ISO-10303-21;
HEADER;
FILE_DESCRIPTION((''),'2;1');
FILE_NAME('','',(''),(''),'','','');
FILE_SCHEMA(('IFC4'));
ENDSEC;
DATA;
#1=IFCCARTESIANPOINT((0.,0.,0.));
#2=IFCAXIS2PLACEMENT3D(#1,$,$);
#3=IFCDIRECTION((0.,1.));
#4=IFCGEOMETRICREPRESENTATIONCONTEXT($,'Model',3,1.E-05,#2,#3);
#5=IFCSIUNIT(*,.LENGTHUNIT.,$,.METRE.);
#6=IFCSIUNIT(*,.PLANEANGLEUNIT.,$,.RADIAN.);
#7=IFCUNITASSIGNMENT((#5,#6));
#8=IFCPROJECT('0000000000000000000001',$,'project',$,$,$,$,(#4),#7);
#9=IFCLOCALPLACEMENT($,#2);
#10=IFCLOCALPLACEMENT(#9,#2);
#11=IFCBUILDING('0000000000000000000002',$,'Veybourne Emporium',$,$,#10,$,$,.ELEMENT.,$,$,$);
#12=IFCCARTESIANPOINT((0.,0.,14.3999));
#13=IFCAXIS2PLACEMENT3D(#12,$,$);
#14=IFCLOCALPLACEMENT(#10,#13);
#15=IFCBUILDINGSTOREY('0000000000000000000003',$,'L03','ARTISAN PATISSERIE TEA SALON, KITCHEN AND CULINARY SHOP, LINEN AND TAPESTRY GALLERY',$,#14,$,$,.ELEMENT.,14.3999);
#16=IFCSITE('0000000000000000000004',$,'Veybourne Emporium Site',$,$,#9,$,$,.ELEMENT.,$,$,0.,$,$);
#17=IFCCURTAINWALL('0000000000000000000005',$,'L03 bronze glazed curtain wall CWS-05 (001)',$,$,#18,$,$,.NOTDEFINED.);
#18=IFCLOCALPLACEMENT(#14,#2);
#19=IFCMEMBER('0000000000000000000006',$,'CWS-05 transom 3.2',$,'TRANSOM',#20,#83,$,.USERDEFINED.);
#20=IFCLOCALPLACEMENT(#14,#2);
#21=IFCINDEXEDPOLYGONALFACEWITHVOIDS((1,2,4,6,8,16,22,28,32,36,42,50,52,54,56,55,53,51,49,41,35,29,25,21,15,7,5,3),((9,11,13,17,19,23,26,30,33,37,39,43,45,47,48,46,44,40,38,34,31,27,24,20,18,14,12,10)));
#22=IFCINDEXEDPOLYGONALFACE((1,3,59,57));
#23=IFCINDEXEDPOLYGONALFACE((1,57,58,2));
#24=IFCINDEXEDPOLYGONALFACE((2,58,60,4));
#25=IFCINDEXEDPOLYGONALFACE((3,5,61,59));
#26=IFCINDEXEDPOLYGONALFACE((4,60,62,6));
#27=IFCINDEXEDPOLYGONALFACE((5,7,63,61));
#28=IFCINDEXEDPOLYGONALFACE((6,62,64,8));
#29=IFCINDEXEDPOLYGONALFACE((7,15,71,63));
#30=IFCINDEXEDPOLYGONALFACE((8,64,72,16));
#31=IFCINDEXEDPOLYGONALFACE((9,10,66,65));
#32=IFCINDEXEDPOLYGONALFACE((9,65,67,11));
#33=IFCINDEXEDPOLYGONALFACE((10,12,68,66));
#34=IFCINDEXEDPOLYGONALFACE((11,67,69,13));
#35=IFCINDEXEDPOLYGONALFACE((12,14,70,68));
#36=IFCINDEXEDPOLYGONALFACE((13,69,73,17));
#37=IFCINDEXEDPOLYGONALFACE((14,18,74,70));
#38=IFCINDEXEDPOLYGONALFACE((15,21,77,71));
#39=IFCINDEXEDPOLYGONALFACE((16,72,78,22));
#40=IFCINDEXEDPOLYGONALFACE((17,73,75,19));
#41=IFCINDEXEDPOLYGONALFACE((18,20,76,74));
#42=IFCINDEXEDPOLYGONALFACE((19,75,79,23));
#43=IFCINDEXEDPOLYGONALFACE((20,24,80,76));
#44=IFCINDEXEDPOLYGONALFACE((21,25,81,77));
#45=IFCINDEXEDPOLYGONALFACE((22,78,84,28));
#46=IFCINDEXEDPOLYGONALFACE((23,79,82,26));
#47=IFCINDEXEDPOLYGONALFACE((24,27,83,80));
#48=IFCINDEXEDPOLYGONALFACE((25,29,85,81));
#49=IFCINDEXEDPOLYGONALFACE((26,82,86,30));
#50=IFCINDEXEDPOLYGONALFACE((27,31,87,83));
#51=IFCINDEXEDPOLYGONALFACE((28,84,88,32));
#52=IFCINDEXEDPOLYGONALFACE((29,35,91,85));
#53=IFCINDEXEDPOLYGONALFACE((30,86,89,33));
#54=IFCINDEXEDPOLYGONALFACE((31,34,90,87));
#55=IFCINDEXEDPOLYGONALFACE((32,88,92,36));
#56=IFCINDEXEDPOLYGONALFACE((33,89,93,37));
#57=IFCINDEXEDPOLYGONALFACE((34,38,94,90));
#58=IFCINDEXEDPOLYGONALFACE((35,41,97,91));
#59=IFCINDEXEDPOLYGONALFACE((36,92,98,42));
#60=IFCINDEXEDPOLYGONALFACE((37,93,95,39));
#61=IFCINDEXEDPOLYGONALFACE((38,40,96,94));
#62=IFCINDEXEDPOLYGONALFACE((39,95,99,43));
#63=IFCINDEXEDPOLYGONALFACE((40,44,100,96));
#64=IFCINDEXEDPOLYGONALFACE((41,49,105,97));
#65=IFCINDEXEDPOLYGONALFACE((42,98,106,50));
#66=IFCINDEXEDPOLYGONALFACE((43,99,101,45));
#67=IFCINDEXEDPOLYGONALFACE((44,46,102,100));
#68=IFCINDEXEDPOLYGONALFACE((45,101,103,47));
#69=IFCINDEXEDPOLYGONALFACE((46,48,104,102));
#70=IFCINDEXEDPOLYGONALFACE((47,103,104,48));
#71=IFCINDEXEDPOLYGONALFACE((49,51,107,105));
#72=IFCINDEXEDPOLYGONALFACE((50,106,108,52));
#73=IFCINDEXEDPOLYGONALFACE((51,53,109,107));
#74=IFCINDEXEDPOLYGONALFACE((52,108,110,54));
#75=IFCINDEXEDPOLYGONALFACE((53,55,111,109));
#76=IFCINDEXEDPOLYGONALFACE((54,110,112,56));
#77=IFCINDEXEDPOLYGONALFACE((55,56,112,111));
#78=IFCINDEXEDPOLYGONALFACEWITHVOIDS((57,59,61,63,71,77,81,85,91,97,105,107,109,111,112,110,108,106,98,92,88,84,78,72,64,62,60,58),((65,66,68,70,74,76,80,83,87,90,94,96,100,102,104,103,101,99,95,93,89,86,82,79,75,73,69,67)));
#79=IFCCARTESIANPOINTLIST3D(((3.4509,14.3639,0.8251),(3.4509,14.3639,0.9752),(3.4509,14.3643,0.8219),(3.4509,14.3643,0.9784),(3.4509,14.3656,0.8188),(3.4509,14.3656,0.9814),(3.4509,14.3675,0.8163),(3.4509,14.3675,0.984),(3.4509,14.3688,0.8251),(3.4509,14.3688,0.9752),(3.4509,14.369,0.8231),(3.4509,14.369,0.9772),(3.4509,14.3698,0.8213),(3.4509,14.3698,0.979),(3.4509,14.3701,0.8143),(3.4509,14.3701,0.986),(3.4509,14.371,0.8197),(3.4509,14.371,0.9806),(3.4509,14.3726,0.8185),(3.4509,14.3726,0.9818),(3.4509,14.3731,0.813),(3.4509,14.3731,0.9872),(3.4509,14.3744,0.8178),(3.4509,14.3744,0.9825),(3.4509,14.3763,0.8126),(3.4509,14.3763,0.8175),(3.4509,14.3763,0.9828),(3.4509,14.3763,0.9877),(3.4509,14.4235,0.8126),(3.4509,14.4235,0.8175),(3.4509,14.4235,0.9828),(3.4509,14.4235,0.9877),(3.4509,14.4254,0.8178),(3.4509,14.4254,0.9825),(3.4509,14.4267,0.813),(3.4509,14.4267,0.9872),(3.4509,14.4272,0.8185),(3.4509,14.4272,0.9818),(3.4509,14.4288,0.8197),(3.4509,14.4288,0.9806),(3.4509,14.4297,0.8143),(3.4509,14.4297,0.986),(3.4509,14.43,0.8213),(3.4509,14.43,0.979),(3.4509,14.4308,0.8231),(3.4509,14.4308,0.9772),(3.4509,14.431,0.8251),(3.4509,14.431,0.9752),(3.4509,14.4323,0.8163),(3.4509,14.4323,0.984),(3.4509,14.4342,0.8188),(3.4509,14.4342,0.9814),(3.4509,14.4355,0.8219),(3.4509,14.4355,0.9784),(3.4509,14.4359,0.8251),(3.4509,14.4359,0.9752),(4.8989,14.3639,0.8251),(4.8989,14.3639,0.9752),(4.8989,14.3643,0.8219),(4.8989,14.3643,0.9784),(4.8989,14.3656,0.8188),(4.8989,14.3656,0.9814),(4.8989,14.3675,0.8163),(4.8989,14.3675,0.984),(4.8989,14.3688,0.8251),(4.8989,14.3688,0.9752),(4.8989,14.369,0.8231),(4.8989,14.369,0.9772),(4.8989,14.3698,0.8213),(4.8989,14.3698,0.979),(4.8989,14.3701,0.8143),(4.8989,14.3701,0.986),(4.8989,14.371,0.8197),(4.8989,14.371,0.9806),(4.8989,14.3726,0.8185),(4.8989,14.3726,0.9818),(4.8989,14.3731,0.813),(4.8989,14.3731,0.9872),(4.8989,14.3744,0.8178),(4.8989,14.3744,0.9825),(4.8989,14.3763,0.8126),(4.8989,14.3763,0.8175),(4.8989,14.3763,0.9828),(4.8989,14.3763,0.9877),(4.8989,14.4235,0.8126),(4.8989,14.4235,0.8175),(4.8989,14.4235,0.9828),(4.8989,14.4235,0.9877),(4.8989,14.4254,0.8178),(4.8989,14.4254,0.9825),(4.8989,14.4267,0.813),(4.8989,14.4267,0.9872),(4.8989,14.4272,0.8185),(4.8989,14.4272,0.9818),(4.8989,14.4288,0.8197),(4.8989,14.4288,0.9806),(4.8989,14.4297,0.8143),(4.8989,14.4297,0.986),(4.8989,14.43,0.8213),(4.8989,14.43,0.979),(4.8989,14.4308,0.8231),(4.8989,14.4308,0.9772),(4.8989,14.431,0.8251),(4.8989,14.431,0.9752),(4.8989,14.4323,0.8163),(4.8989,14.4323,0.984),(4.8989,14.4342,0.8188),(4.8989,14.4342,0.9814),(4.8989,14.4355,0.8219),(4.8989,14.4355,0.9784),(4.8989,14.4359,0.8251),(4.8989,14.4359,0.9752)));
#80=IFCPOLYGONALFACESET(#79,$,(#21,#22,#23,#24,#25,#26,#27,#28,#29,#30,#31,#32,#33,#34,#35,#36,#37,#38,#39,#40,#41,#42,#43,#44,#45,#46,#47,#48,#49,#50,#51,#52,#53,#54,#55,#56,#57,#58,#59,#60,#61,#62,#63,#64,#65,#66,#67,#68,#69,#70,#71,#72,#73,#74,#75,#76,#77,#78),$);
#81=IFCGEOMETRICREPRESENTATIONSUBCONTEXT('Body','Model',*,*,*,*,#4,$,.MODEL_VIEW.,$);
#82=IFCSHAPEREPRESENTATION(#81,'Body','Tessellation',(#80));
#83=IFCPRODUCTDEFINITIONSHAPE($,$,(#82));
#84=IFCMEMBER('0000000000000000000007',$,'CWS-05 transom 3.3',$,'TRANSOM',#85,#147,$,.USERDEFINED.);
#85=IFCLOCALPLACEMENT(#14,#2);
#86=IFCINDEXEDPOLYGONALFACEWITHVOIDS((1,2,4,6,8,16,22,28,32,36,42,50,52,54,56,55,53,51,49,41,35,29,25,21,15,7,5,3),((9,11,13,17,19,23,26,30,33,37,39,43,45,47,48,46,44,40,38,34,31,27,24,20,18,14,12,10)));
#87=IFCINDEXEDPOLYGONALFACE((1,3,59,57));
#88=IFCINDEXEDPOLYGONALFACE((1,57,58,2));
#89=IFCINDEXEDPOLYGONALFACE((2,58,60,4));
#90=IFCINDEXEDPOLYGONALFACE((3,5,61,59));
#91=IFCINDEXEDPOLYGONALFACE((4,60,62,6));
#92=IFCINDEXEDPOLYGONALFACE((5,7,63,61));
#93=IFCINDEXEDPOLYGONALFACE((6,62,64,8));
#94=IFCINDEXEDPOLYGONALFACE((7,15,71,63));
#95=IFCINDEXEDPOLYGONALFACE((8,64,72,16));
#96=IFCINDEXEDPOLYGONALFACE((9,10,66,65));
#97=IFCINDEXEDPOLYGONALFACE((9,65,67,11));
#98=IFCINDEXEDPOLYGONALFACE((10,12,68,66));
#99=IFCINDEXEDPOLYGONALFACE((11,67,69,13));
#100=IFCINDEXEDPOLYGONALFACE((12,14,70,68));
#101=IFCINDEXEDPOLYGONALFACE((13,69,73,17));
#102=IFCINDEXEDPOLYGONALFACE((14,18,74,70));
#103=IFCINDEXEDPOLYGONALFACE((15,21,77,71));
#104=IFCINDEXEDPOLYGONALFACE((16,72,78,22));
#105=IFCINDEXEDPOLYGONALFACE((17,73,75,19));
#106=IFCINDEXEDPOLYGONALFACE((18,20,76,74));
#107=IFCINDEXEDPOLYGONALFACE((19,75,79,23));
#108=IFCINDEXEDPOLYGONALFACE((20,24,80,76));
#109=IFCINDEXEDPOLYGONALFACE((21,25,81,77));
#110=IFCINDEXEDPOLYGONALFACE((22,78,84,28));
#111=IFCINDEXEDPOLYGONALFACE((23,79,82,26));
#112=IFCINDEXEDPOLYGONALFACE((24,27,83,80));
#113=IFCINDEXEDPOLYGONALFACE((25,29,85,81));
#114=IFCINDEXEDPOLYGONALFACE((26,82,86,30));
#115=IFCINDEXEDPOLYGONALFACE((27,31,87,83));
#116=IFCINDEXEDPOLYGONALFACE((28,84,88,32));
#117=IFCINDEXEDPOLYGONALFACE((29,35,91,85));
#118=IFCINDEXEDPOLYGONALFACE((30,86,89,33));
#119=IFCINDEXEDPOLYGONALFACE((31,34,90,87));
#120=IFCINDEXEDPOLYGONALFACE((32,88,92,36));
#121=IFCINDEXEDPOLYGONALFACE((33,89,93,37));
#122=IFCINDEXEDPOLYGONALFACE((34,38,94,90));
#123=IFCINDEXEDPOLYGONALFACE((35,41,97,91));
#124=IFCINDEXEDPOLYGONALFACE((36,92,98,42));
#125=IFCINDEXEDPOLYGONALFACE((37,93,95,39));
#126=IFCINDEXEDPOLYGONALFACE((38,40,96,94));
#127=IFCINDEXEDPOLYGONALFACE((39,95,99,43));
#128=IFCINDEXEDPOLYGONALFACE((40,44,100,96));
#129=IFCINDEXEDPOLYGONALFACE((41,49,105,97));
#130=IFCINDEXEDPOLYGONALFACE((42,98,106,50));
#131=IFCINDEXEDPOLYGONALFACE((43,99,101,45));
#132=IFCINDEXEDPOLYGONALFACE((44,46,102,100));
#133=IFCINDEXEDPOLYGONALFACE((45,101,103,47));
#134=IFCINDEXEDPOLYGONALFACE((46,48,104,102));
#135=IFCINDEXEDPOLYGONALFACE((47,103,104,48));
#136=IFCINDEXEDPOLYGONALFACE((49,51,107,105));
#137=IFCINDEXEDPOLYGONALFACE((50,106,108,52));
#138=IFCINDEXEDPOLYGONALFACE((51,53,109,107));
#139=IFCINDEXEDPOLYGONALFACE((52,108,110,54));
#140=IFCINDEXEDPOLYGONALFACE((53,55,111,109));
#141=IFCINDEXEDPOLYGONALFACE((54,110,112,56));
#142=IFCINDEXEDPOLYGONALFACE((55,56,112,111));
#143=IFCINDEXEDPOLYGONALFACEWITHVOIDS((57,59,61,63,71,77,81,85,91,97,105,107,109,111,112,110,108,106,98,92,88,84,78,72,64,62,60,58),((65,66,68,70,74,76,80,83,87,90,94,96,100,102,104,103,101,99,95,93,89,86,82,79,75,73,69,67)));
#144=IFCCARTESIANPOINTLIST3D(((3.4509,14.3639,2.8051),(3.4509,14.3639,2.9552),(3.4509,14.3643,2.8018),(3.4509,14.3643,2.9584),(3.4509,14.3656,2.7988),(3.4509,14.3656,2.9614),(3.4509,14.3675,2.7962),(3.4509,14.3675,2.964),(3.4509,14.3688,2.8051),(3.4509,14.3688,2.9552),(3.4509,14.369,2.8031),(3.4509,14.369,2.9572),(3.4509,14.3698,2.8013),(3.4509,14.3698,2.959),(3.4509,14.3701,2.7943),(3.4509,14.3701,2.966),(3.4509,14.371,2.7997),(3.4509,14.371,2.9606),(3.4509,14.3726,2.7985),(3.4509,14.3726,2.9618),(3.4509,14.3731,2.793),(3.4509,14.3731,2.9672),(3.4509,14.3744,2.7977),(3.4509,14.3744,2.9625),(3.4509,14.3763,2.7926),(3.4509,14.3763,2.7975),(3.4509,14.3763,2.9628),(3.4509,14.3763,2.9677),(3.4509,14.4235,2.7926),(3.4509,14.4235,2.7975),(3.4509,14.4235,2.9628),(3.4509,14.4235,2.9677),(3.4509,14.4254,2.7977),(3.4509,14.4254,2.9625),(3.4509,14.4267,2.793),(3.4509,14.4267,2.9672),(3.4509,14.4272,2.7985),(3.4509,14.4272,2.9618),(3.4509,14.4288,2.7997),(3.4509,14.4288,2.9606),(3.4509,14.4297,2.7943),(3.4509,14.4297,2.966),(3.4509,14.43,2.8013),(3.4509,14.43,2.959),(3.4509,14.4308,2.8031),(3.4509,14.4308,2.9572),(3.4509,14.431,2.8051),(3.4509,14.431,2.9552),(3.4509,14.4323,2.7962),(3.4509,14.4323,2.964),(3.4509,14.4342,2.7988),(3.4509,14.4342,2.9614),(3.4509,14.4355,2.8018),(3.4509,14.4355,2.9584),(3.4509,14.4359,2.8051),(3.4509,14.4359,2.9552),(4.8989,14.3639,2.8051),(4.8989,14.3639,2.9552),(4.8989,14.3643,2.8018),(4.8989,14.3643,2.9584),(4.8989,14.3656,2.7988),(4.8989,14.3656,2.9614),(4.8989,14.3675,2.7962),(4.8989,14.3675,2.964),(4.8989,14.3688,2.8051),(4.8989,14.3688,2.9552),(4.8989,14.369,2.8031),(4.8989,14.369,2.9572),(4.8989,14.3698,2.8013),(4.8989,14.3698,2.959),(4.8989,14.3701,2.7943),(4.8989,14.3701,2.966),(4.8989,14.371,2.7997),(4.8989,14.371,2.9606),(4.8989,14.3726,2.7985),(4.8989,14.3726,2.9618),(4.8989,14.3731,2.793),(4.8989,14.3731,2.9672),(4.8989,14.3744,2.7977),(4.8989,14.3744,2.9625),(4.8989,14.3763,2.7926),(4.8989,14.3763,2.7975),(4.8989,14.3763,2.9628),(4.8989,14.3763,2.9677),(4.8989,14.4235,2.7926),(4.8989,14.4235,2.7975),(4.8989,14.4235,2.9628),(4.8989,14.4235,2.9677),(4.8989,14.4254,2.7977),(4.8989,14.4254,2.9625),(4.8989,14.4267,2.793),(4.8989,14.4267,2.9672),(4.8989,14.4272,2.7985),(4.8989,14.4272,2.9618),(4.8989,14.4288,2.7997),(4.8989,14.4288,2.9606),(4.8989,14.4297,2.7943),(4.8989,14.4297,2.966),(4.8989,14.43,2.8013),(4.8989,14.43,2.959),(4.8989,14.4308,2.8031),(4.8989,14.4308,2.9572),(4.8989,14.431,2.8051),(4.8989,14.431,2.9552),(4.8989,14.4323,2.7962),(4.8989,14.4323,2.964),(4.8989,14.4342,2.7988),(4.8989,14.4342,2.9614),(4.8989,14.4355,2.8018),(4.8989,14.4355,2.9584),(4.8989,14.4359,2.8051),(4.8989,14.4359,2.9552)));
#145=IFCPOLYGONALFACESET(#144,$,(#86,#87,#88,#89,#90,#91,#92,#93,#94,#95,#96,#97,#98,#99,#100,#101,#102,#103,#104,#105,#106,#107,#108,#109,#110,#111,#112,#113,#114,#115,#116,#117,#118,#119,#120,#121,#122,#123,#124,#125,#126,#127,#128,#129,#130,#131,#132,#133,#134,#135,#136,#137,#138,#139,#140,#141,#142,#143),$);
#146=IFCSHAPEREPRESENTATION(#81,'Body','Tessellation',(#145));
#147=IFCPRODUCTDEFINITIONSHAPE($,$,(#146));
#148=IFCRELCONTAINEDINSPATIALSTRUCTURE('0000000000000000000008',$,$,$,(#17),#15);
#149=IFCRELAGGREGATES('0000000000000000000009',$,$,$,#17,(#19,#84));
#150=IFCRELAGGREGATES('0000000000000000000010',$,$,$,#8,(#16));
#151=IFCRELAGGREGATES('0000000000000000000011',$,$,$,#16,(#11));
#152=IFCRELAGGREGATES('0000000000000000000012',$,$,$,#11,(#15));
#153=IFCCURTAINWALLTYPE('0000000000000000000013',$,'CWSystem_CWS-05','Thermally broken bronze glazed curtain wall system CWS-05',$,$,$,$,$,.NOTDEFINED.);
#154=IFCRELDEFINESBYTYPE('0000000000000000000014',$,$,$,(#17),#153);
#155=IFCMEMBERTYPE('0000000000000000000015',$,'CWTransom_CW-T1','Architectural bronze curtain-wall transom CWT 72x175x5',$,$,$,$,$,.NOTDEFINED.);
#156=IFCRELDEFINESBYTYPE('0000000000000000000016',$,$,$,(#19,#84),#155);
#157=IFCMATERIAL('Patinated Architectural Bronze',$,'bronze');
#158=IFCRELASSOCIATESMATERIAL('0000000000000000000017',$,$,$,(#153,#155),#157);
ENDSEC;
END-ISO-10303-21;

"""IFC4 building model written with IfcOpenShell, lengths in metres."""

from ifc_helpers import new_model, si_unit, direction, frame, origin, origin_2d, place, context, subcontext, project, spatial, hollow_rectangle, extrude, material, material_profile, profile_set, type_object, element, aggregate, save


model = new_model("IFC4")

# Units and contexts
model_context = context("Model", 3, precision=1e-05, world=origin(), true_north=direction((0.0, 1.0)))
body_context = subcontext(model_context, "Body", "Model", "MODEL_VIEW")
ifc_project = project(units=[si_unit("LENGTHUNIT", "METRE"), si_unit("PLANEANGLEUNIT", "RADIAN")], contexts=[model_context])

# Site, building, storey
site_placement = place(None, origin())
site = spatial("IfcSite", under=ifc_project, at=site_placement, Name="Veybourne Emporium Site", CompositionType="ELEMENT", RefElevation=0.0)
building_placement = place(site_placement, origin())
building = spatial("IfcBuilding", under=site, at=building_placement, Name="Veybourne Emporium", CompositionType="ELEMENT")
storey_placement = place(building_placement, frame((0.0, 0.0, 14.3999)))
storey = spatial("IfcBuildingStorey", under=building, at=storey_placement, Name="L03", Description="ARTISAN PATISSERIE TEA SALON, KITCHEN AND CULINARY SHOP, LINEN AND TAPESTRY GALLERY", CompositionType="ELEMENT", Elevation=14.3999)

# Curtain wall, members
ifc_material_1 = material(Name="Patinated Architectural Bronze", Category="bronze")
curtain_wall_type = type_object("IfcCurtainWallType", Name="CWSystem_CWS-05", Description="Thermally broken bronze glazed curtain wall system CWS-05", PredefinedType="NOTDEFINED", material=ifc_material_1)
curtain_wall_placement = place(storey_placement, origin())
curtain_wall = element("IfcCurtainWall", 1, at=curtain_wall_placement, inside=storey, type_object=curtain_wall_type, Name="L03 bronze glazed curtain wall CWS-05 (001)", PredefinedType="NOTDEFINED")
ifc_material_profile_1 = material_profile(ifc_material_1, hollow_rectangle(XDim=0.072, YDim=0.175, WallThickness=0.0049, InnerFilletRadius=0.0076, OuterFilletRadius=0.0125, at=origin_2d()), Name="CWT 72x175x5")
ifc_profile_set_1 = profile_set([ifc_material_profile_1], Name="Patinated Architectural Bronze")
member_type_1 = type_object("IfcMemberType", Name="CWTransom_CW-T1", Description="Architectural bronze curtain-wall transom CWT 72x175x5", PredefinedType="NOTDEFINED", material=ifc_profile_set_1)
member_1_placement = place(storey_placement, frame((4.8989, 14.3999, 0.9001), z_axis=(-1.0, 0.0, 0.0), x_axis=(0.0, -1.0, 0.0)))
member_1 = element("IfcMember", 2, at=member_1_placement, type_object=member_type_1, Name="CWS-05 transom 3.2", ObjectType="TRANSOM", PredefinedType="USERDEFINED", context=body_context, shape_type="SweptSolid", body=[
    extrude(hollow_rectangle(XDim=0.072, YDim=0.175, WallThickness=0.0049, InnerFilletRadius=0.0076, OuterFilletRadius=0.0125, at=origin_2d()), origin(), (0.0, 0.0, 1.0), 1.448),
])
member_2_placement = place(storey_placement, frame((4.8989, 14.3999, 2.8801), z_axis=(-1.0, 0.0, 0.0), x_axis=(0.0, -1.0, 0.0)))
member_2 = element("IfcMember", 3, at=member_2_placement, type_object=member_type_1, Name="CWS-05 transom 3.3", ObjectType="TRANSOM", PredefinedType="USERDEFINED", context=body_context, shape_type="SweptSolid", body=[
    extrude(hollow_rectangle(XDim=0.072, YDim=0.175, WallThickness=0.0049, InnerFilletRadius=0.0076, OuterFilletRadius=0.0125, at=origin_2d()), origin(), (0.0, 0.0, 1.0), 1.448),
])
aggregate(curtain_wall, [member_1, member_2])

save(model, "model.ifc")
